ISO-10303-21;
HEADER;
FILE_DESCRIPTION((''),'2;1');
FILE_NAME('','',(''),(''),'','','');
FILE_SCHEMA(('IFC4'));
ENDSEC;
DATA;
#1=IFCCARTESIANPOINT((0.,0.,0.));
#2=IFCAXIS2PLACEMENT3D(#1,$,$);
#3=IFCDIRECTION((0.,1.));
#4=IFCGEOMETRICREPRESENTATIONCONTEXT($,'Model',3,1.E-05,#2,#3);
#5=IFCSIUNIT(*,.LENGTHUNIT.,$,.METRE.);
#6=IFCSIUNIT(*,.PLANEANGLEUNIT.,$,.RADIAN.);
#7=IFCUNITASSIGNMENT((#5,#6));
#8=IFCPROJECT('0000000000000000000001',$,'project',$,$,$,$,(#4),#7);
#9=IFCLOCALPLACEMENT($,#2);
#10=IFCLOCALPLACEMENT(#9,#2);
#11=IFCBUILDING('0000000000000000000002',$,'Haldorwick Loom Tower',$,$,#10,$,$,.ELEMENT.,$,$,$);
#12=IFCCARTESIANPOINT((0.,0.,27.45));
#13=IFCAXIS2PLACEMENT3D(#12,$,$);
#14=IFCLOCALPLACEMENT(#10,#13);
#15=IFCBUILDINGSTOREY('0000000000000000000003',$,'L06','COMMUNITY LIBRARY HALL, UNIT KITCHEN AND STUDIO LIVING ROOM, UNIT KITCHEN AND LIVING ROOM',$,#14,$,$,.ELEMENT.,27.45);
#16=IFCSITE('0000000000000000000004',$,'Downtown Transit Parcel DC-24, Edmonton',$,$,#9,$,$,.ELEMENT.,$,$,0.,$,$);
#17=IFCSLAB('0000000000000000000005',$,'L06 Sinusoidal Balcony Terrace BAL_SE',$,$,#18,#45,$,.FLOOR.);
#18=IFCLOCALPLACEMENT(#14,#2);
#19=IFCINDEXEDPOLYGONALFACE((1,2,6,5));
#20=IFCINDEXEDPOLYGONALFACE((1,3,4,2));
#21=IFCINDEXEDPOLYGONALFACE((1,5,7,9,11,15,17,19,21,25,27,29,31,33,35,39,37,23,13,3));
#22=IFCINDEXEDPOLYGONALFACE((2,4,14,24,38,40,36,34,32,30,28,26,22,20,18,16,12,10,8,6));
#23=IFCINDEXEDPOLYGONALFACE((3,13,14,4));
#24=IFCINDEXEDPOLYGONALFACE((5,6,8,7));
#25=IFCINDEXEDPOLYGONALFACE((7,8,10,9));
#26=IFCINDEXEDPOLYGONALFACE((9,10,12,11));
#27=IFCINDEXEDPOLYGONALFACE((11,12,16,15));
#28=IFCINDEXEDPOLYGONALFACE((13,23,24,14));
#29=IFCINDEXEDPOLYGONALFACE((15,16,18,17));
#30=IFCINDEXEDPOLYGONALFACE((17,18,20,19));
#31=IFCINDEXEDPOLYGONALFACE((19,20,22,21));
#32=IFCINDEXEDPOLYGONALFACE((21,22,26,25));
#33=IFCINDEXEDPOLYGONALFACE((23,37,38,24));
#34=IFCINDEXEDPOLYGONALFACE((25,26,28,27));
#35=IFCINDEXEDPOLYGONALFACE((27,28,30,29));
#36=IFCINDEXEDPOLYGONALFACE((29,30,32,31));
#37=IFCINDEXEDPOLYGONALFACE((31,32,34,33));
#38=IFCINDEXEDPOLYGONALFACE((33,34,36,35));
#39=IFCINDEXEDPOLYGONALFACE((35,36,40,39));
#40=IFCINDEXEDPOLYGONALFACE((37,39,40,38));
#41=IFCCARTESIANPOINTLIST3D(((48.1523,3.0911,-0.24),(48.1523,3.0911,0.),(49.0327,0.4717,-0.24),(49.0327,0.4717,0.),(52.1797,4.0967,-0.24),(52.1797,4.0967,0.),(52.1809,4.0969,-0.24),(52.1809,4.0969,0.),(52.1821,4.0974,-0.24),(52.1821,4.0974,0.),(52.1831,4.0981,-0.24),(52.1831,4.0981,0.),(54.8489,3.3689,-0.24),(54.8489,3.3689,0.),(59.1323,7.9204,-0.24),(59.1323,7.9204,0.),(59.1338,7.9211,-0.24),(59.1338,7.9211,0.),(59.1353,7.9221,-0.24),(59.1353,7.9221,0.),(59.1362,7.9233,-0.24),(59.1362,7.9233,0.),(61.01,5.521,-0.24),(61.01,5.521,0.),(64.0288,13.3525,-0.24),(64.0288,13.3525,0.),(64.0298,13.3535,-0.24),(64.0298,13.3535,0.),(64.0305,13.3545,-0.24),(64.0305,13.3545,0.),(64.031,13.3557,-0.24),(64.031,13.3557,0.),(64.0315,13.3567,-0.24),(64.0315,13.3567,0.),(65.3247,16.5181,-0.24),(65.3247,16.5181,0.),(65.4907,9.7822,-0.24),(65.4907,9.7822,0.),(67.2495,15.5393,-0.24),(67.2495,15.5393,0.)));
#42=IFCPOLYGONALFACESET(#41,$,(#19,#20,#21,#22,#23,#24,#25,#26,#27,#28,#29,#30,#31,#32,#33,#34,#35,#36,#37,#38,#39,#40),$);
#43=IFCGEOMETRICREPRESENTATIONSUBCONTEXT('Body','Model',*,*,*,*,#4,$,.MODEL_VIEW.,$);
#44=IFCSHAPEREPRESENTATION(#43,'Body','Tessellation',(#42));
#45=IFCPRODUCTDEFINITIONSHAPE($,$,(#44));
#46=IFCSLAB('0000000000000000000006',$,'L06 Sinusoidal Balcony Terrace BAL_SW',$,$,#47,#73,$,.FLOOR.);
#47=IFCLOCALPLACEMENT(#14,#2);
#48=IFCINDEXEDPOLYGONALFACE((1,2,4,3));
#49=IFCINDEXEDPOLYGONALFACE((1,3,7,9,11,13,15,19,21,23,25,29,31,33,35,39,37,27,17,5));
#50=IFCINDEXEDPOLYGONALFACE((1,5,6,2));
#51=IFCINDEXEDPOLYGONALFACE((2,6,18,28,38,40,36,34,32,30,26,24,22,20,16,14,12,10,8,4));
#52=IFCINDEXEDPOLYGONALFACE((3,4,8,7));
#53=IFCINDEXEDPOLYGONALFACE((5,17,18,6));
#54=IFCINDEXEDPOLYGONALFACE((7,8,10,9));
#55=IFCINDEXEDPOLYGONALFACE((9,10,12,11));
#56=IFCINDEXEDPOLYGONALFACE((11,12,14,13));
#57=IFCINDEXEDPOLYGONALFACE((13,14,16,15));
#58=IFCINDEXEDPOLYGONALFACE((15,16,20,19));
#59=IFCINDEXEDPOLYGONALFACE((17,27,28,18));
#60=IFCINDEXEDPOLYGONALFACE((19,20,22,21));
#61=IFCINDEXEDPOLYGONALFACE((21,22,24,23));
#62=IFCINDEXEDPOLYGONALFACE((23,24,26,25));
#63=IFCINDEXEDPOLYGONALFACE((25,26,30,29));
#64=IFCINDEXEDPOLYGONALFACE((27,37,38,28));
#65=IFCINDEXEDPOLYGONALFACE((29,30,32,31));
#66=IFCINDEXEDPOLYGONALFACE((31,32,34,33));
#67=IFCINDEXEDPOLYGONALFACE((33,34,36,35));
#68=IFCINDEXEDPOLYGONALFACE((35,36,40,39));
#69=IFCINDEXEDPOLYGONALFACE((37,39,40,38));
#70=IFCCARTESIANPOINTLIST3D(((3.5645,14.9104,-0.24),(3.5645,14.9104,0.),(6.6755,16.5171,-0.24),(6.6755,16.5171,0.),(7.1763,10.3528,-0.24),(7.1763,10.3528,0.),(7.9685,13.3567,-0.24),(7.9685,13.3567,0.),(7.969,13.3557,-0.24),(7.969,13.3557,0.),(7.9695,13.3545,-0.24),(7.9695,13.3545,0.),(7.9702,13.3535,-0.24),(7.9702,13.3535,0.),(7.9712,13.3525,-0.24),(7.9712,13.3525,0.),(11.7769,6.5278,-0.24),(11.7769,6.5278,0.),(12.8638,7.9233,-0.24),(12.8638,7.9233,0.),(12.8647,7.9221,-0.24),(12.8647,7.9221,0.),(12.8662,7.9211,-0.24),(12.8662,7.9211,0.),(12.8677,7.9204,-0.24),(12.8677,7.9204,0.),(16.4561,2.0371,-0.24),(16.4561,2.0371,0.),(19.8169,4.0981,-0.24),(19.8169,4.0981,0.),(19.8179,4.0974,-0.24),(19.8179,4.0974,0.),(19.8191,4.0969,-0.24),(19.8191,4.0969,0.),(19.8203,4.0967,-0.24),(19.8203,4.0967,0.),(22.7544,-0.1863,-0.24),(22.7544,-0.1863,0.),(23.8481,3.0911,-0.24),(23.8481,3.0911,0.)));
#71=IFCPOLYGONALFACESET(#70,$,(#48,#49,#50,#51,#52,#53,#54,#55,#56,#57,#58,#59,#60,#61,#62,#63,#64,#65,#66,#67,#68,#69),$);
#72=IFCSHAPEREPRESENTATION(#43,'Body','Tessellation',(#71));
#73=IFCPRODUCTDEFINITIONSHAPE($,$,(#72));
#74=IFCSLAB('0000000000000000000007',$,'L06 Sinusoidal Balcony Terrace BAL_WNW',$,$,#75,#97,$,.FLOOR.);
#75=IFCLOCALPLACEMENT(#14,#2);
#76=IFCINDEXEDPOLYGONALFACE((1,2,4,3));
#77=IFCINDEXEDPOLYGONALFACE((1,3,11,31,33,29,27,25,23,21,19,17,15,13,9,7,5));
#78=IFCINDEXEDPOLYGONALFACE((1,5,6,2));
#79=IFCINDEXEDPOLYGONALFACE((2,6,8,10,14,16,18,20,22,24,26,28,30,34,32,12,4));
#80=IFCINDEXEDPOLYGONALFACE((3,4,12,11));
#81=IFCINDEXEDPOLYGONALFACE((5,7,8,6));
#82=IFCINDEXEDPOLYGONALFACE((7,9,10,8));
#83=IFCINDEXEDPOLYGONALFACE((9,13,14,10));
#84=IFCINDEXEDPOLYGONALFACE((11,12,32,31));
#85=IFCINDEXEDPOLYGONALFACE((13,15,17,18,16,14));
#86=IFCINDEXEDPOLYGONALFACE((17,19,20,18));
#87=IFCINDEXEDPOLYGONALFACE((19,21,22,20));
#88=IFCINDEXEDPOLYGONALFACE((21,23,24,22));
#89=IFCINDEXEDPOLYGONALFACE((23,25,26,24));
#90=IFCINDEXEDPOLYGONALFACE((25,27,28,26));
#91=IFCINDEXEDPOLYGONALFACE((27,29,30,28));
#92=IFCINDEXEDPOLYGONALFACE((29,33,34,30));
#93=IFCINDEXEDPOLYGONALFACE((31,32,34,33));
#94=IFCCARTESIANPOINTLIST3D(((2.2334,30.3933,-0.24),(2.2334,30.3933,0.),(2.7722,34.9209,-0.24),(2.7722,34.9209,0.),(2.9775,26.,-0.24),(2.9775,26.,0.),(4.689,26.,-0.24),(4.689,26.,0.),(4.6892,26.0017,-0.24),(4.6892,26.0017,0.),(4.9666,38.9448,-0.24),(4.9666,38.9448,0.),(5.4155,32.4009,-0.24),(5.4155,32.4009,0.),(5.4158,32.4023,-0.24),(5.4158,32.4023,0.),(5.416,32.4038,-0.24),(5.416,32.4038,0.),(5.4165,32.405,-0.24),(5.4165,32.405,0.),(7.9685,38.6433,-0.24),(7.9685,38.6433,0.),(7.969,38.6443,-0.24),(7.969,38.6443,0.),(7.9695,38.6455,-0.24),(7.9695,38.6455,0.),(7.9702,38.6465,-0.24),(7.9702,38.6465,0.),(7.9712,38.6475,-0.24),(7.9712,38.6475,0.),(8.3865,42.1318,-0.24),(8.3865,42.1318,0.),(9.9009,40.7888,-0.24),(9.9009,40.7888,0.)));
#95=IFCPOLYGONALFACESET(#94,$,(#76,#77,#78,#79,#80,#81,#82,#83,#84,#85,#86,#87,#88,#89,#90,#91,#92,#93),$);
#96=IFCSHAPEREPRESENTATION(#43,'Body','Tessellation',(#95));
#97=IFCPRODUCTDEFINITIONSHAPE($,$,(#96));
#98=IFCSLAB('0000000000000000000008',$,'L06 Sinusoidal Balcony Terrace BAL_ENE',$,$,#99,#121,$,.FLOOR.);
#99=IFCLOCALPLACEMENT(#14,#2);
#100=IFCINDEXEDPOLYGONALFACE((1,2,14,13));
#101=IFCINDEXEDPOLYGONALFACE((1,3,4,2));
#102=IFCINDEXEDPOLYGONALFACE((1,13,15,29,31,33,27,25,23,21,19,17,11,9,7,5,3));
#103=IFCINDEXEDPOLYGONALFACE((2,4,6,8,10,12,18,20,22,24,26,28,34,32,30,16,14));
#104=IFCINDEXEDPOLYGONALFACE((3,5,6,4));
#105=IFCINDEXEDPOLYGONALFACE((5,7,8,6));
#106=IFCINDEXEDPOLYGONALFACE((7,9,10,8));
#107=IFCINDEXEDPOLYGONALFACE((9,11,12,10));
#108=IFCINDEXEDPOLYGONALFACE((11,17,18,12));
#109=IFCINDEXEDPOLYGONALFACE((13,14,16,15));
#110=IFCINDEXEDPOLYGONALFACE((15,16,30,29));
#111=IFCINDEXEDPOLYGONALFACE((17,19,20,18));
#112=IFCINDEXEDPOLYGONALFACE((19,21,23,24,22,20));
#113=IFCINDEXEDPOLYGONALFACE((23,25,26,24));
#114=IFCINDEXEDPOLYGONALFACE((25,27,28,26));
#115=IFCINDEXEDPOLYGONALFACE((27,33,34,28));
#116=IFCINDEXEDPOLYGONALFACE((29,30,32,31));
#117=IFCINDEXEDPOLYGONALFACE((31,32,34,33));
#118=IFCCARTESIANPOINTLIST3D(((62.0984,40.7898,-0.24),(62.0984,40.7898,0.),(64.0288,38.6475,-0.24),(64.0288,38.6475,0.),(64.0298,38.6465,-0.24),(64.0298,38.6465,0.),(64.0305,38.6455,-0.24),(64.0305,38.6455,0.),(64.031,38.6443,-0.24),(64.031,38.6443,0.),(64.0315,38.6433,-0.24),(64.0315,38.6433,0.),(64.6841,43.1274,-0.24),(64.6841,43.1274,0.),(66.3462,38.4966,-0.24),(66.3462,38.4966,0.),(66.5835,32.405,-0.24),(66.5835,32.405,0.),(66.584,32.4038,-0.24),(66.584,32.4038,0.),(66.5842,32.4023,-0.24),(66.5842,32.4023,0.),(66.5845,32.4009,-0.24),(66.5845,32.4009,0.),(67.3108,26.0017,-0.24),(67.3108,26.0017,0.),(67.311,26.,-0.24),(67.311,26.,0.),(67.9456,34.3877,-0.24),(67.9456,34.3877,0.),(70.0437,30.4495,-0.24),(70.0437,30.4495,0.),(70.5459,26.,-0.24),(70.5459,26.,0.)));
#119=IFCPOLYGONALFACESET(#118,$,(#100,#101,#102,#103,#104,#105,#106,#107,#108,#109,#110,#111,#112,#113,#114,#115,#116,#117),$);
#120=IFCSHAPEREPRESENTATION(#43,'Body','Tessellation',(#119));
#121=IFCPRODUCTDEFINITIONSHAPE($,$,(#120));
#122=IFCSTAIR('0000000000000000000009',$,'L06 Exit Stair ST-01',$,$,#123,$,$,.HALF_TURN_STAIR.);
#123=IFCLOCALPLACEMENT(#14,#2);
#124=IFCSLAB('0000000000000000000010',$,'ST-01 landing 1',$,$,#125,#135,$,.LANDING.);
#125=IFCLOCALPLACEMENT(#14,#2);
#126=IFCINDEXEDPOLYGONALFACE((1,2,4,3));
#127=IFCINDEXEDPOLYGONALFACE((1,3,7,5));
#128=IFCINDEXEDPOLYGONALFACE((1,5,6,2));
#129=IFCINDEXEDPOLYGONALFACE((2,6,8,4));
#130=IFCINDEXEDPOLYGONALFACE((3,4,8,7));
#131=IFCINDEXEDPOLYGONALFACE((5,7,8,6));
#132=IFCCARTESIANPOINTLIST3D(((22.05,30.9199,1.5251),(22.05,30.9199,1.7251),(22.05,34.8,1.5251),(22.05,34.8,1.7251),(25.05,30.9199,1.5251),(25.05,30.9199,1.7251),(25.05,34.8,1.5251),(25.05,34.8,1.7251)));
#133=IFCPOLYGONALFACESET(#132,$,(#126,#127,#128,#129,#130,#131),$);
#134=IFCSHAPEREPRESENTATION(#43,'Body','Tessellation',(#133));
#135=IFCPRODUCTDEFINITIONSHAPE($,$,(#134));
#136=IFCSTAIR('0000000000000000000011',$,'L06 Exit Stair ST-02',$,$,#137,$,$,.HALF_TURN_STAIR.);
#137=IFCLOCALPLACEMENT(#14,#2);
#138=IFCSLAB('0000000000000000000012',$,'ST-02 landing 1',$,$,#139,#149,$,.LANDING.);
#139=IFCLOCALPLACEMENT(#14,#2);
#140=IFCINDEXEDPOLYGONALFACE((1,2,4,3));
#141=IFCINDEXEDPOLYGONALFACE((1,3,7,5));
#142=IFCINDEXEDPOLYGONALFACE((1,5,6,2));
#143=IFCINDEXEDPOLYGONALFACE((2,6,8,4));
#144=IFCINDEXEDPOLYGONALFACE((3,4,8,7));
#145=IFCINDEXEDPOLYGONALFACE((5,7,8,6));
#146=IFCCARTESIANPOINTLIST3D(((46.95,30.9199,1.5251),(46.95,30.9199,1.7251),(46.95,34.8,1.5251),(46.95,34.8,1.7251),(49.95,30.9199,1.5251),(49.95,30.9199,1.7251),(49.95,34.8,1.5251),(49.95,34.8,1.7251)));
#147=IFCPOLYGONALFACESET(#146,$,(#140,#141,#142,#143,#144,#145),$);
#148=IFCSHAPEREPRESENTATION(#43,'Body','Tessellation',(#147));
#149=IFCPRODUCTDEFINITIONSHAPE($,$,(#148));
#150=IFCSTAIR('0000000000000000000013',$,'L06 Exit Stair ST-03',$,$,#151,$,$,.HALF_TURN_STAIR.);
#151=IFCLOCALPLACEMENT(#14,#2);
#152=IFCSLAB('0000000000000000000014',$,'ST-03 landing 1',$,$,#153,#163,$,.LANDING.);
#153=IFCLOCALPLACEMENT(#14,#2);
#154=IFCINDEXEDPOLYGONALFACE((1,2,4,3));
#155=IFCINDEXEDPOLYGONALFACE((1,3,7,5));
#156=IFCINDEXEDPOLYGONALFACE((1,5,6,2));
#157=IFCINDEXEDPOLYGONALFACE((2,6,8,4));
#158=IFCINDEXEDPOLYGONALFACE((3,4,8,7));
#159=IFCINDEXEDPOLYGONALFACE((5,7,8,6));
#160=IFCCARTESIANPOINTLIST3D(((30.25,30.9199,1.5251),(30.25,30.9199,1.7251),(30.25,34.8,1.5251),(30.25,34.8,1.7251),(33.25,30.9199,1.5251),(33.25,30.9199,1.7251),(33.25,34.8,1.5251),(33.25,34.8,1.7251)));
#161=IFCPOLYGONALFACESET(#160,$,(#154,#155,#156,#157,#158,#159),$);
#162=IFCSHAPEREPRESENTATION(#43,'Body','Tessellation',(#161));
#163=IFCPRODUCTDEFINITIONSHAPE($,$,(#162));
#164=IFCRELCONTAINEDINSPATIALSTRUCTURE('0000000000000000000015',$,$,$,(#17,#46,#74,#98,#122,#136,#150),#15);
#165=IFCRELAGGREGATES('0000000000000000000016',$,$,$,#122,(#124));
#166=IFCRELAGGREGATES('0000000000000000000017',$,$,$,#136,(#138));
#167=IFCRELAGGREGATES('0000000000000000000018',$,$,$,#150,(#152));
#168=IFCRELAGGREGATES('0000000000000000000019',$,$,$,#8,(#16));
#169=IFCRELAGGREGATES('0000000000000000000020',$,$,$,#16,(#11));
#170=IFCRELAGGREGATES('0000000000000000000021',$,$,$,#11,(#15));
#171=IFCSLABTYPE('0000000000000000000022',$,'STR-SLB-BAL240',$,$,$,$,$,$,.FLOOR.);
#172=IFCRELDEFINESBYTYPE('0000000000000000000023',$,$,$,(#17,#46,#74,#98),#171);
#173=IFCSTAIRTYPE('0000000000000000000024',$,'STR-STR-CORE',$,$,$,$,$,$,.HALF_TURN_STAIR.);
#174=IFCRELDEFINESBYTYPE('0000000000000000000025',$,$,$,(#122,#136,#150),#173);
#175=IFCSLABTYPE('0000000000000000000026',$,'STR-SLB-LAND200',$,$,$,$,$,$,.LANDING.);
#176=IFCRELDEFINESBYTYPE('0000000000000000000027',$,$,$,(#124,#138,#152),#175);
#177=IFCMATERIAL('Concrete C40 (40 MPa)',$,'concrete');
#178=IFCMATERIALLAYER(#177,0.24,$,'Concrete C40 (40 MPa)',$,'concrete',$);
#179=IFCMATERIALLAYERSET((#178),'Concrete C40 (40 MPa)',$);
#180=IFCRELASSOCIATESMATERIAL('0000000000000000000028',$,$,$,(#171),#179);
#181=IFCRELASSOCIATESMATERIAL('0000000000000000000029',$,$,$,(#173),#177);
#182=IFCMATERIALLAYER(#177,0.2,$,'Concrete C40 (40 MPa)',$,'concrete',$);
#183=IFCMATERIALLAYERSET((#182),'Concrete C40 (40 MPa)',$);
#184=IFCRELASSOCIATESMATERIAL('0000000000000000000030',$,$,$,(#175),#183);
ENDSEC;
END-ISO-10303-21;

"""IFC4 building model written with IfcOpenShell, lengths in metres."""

from ifc_helpers import new_model, si_unit, direction, frame, origin, place, context, subcontext, project, spatial, polyline, outline, extrude, material, layer, layer_set, type_object, element, aggregate, save


model = new_model("IFC4")

# Units and contexts
model_context = context("Model", 3, precision=1e-05, world=origin(), true_north=direction((0.0, 1.0)))
body_context = subcontext(model_context, "Body", "Model", "MODEL_VIEW")
ifc_project = project(units=[si_unit("LENGTHUNIT", "METRE"), si_unit("PLANEANGLEUNIT", "RADIAN")], contexts=[model_context])

# Site, building, storey
site_placement = place(None, origin())
site = spatial("IfcSite", under=ifc_project, at=site_placement, Name="Downtown Transit Parcel DC-24, Edmonton", CompositionType="ELEMENT", RefElevation=0.0)
building_placement = place(site_placement, origin())
building = spatial("IfcBuilding", under=site, at=building_placement, Name="Haldorwick Loom Tower", CompositionType="ELEMENT")
storey_placement = place(building_placement, frame((0.0, 0.0, 27.45)))
storey = spatial("IfcBuildingStorey", under=building, at=storey_placement, Name="L06", Description="COMMUNITY LIBRARY HALL, UNIT KITCHEN AND STUDIO LIVING ROOM, UNIT KITCHEN AND LIVING ROOM", CompositionType="ELEMENT", Elevation=27.45)

# Slabs
ifc_material_1 = material(Name="Concrete C40 (40 MPa)", Category="concrete")
ifc_layer_1 = layer(ifc_material_1, 0.24, Name="Concrete C40 (40 MPa)", Category="concrete")
ifc_layer_set_1 = layer_set([ifc_layer_1], Name="Concrete C40 (40 MPa)")
slab_type_1 = type_object("IfcSlabType", Name="STR-SLB-BAL240", PredefinedType="FLOOR", material=ifc_layer_set_1)
slab_1_placement = place(storey_placement, frame((0.0, 0.0, -0.24)))
element("IfcSlab", 1, at=slab_1_placement, inside=storey, type_object=slab_type_1, Name="L06 Sinusoidal Balcony Terrace BAL_SE", PredefinedType="FLOOR", context=body_context, shape_type="SweptSolid", body=[
    extrude(outline(polyline([(65.3247, 16.5181), (64.0315, 13.3567), (64.031, 13.3557), (64.0305, 13.3545), (64.0298, 13.3535), (64.0288, 13.3525), (59.1362, 7.9233), (59.1353, 7.9221), (59.1338, 7.9211), (59.1323, 7.9204), (52.1831, 4.0981), (52.1821, 4.0974), (52.1809, 4.0969), (52.1797, 4.0967), (48.1523, 3.0911), (49.0327, 0.4717), (54.8489, 3.3689), (61.01, 5.521), (65.4907, 9.7822), (67.2495, 15.5393), (65.3247, 16.5181)])), origin(), (0.0, 0.0, 1.0), 0.24),
])
slab_2_placement = place(storey_placement, frame((0.0, 0.0, -0.24)))
element("IfcSlab", 2, at=slab_2_placement, inside=storey, type_object=slab_type_1, Name="L06 Sinusoidal Balcony Terrace BAL_SW", PredefinedType="FLOOR", context=body_context, shape_type="SweptSolid", body=[
    extrude(outline(polyline([(23.8481, 3.0911), (19.8203, 4.0967), (19.8191, 4.0969), (19.8179, 4.0974), (19.8169, 4.0981), (12.8677, 7.9204), (12.8662, 7.9211), (12.8647, 7.9221), (12.8638, 7.9233), (7.9712, 13.3525), (7.9702, 13.3535), (7.9695, 13.3545), (7.969, 13.3557), (7.9685, 13.3567), (6.6755, 16.5171), (3.5645, 14.9104), (7.1763, 10.3528), (11.7769, 6.5278), (16.4561, 2.0371), (22.7544, -0.1863), (23.8481, 3.0911)])), origin(), (0.0, 0.0, 1.0), 0.24),
])
slab_3_placement = place(storey_placement, frame((0.0, 0.0, -0.24)))
element("IfcSlab", 3, at=slab_3_placement, inside=storey, type_object=slab_type_1, Name="L06 Sinusoidal Balcony Terrace BAL_WNW", PredefinedType="FLOOR", context=body_context, shape_type="SweptSolid", body=[
    extrude(outline(polyline([(4.689, 26.0), (4.6892, 26.0017), (5.4155, 32.4009), (5.4158, 32.4023), (5.416, 32.4038), (5.4165, 32.405), (7.9685, 38.6433), (7.969, 38.6443), (7.9695, 38.6455), (7.9702, 38.6465), (7.9712, 38.6475), (9.9009, 40.7888), (8.3865, 42.1318), (4.9666, 38.9448), (2.7722, 34.9209), (2.2334, 30.3933), (2.9775, 26.0), (4.689, 26.0)])), origin(), (0.0, 0.0, 1.0), 0.24),
])
slab_4_placement = place(storey_placement, frame((0.0, 0.0, -0.24)))
element("IfcSlab", 4, at=slab_4_placement, inside=storey, type_object=slab_type_1, Name="L06 Sinusoidal Balcony Terrace BAL_ENE", PredefinedType="FLOOR", context=body_context, shape_type="SweptSolid", body=[
    extrude(outline(polyline([(62.0984, 40.7898), (64.0288, 38.6475), (64.0298, 38.6465), (64.0305, 38.6455), (64.031, 38.6443), (64.0315, 38.6433), (66.5835, 32.405), (66.584, 32.4038), (66.5842, 32.4023), (66.5845, 32.4009), (67.3108, 26.0017), (67.311, 26.0), (70.5459, 26.0), (70.0437, 30.4495), (67.9456, 34.3877), (66.3462, 38.4966), (64.6841, 43.1274), (62.0984, 40.7898)])), origin(), (0.0, 0.0, 1.0), 0.24),
])

# Stairs, slabs
stair_type = type_object("IfcStairType", Name="STR-STR-CORE", PredefinedType="HALF_TURN_STAIR", material=ifc_material_1)
stair_1_placement = place(storey_placement, origin())
stair_1 = element("IfcStair", 5, at=stair_1_placement, inside=storey, type_object=stair_type, Name="L06 Exit Stair ST-01", PredefinedType="HALF_TURN_STAIR")
ifc_layer_2 = layer(ifc_material_1, 0.2, Name="Concrete C40 (40 MPa)", Category="concrete")
ifc_layer_set_2 = layer_set([ifc_layer_2], Name="Concrete C40 (40 MPa)")
slab_type_2 = type_object("IfcSlabType", Name="STR-SLB-LAND200", PredefinedType="LANDING", material=ifc_layer_set_2)
slab_5_placement = place(storey_placement, frame((0.0, 0.0, 1.5251)))
slab_5 = element("IfcSlab", 6, at=slab_5_placement, type_object=slab_type_2, Name="ST-01 landing 1", PredefinedType="LANDING", context=body_context, shape_type="SweptSolid", body=[
    extrude(outline(polyline([(25.05, 30.9199), (25.05, 34.8), (22.05, 34.8), (22.05, 30.9199), (25.05, 30.9199)])), origin(), (0.0, 0.0, 1.0), 0.2),
])
aggregate(stair_1, [slab_5])
stair_2_placement = place(storey_placement, origin())
stair_2 = element("IfcStair", 7, at=stair_2_placement, inside=storey, type_object=stair_type, Name="L06 Exit Stair ST-02", PredefinedType="HALF_TURN_STAIR")
slab_6_placement = place(storey_placement, frame((0.0, 0.0, 1.5251)))
slab_6 = element("IfcSlab", 8, at=slab_6_placement, type_object=slab_type_2, Name="ST-02 landing 1", PredefinedType="LANDING", context=body_context, shape_type="SweptSolid", body=[
    extrude(outline(polyline([(49.95, 30.9199), (49.95, 34.8), (46.95, 34.8), (46.95, 30.9199), (49.95, 30.9199)])), origin(), (0.0, 0.0, 1.0), 0.2),
])
aggregate(stair_2, [slab_6])
stair_3_placement = place(storey_placement, origin())
stair_3 = element("IfcStair", 9, at=stair_3_placement, inside=storey, type_object=stair_type, Name="L06 Exit Stair ST-03", PredefinedType="HALF_TURN_STAIR")
slab_7_placement = place(storey_placement, frame((0.0, 0.0, 1.5251)))
slab_7 = element("IfcSlab", 10, at=slab_7_placement, type_object=slab_type_2, Name="ST-03 landing 1", PredefinedType="LANDING", context=body_context, shape_type="SweptSolid", body=[
    extrude(outline(polyline([(33.25, 30.9199), (33.25, 34.8), (30.25, 34.8), (30.25, 30.9199), (33.25, 30.9199)])), origin(), (0.0, 0.0, 1.0), 0.2),
])
aggregate(stair_3, [slab_7])

save(model, "model.ifc")
